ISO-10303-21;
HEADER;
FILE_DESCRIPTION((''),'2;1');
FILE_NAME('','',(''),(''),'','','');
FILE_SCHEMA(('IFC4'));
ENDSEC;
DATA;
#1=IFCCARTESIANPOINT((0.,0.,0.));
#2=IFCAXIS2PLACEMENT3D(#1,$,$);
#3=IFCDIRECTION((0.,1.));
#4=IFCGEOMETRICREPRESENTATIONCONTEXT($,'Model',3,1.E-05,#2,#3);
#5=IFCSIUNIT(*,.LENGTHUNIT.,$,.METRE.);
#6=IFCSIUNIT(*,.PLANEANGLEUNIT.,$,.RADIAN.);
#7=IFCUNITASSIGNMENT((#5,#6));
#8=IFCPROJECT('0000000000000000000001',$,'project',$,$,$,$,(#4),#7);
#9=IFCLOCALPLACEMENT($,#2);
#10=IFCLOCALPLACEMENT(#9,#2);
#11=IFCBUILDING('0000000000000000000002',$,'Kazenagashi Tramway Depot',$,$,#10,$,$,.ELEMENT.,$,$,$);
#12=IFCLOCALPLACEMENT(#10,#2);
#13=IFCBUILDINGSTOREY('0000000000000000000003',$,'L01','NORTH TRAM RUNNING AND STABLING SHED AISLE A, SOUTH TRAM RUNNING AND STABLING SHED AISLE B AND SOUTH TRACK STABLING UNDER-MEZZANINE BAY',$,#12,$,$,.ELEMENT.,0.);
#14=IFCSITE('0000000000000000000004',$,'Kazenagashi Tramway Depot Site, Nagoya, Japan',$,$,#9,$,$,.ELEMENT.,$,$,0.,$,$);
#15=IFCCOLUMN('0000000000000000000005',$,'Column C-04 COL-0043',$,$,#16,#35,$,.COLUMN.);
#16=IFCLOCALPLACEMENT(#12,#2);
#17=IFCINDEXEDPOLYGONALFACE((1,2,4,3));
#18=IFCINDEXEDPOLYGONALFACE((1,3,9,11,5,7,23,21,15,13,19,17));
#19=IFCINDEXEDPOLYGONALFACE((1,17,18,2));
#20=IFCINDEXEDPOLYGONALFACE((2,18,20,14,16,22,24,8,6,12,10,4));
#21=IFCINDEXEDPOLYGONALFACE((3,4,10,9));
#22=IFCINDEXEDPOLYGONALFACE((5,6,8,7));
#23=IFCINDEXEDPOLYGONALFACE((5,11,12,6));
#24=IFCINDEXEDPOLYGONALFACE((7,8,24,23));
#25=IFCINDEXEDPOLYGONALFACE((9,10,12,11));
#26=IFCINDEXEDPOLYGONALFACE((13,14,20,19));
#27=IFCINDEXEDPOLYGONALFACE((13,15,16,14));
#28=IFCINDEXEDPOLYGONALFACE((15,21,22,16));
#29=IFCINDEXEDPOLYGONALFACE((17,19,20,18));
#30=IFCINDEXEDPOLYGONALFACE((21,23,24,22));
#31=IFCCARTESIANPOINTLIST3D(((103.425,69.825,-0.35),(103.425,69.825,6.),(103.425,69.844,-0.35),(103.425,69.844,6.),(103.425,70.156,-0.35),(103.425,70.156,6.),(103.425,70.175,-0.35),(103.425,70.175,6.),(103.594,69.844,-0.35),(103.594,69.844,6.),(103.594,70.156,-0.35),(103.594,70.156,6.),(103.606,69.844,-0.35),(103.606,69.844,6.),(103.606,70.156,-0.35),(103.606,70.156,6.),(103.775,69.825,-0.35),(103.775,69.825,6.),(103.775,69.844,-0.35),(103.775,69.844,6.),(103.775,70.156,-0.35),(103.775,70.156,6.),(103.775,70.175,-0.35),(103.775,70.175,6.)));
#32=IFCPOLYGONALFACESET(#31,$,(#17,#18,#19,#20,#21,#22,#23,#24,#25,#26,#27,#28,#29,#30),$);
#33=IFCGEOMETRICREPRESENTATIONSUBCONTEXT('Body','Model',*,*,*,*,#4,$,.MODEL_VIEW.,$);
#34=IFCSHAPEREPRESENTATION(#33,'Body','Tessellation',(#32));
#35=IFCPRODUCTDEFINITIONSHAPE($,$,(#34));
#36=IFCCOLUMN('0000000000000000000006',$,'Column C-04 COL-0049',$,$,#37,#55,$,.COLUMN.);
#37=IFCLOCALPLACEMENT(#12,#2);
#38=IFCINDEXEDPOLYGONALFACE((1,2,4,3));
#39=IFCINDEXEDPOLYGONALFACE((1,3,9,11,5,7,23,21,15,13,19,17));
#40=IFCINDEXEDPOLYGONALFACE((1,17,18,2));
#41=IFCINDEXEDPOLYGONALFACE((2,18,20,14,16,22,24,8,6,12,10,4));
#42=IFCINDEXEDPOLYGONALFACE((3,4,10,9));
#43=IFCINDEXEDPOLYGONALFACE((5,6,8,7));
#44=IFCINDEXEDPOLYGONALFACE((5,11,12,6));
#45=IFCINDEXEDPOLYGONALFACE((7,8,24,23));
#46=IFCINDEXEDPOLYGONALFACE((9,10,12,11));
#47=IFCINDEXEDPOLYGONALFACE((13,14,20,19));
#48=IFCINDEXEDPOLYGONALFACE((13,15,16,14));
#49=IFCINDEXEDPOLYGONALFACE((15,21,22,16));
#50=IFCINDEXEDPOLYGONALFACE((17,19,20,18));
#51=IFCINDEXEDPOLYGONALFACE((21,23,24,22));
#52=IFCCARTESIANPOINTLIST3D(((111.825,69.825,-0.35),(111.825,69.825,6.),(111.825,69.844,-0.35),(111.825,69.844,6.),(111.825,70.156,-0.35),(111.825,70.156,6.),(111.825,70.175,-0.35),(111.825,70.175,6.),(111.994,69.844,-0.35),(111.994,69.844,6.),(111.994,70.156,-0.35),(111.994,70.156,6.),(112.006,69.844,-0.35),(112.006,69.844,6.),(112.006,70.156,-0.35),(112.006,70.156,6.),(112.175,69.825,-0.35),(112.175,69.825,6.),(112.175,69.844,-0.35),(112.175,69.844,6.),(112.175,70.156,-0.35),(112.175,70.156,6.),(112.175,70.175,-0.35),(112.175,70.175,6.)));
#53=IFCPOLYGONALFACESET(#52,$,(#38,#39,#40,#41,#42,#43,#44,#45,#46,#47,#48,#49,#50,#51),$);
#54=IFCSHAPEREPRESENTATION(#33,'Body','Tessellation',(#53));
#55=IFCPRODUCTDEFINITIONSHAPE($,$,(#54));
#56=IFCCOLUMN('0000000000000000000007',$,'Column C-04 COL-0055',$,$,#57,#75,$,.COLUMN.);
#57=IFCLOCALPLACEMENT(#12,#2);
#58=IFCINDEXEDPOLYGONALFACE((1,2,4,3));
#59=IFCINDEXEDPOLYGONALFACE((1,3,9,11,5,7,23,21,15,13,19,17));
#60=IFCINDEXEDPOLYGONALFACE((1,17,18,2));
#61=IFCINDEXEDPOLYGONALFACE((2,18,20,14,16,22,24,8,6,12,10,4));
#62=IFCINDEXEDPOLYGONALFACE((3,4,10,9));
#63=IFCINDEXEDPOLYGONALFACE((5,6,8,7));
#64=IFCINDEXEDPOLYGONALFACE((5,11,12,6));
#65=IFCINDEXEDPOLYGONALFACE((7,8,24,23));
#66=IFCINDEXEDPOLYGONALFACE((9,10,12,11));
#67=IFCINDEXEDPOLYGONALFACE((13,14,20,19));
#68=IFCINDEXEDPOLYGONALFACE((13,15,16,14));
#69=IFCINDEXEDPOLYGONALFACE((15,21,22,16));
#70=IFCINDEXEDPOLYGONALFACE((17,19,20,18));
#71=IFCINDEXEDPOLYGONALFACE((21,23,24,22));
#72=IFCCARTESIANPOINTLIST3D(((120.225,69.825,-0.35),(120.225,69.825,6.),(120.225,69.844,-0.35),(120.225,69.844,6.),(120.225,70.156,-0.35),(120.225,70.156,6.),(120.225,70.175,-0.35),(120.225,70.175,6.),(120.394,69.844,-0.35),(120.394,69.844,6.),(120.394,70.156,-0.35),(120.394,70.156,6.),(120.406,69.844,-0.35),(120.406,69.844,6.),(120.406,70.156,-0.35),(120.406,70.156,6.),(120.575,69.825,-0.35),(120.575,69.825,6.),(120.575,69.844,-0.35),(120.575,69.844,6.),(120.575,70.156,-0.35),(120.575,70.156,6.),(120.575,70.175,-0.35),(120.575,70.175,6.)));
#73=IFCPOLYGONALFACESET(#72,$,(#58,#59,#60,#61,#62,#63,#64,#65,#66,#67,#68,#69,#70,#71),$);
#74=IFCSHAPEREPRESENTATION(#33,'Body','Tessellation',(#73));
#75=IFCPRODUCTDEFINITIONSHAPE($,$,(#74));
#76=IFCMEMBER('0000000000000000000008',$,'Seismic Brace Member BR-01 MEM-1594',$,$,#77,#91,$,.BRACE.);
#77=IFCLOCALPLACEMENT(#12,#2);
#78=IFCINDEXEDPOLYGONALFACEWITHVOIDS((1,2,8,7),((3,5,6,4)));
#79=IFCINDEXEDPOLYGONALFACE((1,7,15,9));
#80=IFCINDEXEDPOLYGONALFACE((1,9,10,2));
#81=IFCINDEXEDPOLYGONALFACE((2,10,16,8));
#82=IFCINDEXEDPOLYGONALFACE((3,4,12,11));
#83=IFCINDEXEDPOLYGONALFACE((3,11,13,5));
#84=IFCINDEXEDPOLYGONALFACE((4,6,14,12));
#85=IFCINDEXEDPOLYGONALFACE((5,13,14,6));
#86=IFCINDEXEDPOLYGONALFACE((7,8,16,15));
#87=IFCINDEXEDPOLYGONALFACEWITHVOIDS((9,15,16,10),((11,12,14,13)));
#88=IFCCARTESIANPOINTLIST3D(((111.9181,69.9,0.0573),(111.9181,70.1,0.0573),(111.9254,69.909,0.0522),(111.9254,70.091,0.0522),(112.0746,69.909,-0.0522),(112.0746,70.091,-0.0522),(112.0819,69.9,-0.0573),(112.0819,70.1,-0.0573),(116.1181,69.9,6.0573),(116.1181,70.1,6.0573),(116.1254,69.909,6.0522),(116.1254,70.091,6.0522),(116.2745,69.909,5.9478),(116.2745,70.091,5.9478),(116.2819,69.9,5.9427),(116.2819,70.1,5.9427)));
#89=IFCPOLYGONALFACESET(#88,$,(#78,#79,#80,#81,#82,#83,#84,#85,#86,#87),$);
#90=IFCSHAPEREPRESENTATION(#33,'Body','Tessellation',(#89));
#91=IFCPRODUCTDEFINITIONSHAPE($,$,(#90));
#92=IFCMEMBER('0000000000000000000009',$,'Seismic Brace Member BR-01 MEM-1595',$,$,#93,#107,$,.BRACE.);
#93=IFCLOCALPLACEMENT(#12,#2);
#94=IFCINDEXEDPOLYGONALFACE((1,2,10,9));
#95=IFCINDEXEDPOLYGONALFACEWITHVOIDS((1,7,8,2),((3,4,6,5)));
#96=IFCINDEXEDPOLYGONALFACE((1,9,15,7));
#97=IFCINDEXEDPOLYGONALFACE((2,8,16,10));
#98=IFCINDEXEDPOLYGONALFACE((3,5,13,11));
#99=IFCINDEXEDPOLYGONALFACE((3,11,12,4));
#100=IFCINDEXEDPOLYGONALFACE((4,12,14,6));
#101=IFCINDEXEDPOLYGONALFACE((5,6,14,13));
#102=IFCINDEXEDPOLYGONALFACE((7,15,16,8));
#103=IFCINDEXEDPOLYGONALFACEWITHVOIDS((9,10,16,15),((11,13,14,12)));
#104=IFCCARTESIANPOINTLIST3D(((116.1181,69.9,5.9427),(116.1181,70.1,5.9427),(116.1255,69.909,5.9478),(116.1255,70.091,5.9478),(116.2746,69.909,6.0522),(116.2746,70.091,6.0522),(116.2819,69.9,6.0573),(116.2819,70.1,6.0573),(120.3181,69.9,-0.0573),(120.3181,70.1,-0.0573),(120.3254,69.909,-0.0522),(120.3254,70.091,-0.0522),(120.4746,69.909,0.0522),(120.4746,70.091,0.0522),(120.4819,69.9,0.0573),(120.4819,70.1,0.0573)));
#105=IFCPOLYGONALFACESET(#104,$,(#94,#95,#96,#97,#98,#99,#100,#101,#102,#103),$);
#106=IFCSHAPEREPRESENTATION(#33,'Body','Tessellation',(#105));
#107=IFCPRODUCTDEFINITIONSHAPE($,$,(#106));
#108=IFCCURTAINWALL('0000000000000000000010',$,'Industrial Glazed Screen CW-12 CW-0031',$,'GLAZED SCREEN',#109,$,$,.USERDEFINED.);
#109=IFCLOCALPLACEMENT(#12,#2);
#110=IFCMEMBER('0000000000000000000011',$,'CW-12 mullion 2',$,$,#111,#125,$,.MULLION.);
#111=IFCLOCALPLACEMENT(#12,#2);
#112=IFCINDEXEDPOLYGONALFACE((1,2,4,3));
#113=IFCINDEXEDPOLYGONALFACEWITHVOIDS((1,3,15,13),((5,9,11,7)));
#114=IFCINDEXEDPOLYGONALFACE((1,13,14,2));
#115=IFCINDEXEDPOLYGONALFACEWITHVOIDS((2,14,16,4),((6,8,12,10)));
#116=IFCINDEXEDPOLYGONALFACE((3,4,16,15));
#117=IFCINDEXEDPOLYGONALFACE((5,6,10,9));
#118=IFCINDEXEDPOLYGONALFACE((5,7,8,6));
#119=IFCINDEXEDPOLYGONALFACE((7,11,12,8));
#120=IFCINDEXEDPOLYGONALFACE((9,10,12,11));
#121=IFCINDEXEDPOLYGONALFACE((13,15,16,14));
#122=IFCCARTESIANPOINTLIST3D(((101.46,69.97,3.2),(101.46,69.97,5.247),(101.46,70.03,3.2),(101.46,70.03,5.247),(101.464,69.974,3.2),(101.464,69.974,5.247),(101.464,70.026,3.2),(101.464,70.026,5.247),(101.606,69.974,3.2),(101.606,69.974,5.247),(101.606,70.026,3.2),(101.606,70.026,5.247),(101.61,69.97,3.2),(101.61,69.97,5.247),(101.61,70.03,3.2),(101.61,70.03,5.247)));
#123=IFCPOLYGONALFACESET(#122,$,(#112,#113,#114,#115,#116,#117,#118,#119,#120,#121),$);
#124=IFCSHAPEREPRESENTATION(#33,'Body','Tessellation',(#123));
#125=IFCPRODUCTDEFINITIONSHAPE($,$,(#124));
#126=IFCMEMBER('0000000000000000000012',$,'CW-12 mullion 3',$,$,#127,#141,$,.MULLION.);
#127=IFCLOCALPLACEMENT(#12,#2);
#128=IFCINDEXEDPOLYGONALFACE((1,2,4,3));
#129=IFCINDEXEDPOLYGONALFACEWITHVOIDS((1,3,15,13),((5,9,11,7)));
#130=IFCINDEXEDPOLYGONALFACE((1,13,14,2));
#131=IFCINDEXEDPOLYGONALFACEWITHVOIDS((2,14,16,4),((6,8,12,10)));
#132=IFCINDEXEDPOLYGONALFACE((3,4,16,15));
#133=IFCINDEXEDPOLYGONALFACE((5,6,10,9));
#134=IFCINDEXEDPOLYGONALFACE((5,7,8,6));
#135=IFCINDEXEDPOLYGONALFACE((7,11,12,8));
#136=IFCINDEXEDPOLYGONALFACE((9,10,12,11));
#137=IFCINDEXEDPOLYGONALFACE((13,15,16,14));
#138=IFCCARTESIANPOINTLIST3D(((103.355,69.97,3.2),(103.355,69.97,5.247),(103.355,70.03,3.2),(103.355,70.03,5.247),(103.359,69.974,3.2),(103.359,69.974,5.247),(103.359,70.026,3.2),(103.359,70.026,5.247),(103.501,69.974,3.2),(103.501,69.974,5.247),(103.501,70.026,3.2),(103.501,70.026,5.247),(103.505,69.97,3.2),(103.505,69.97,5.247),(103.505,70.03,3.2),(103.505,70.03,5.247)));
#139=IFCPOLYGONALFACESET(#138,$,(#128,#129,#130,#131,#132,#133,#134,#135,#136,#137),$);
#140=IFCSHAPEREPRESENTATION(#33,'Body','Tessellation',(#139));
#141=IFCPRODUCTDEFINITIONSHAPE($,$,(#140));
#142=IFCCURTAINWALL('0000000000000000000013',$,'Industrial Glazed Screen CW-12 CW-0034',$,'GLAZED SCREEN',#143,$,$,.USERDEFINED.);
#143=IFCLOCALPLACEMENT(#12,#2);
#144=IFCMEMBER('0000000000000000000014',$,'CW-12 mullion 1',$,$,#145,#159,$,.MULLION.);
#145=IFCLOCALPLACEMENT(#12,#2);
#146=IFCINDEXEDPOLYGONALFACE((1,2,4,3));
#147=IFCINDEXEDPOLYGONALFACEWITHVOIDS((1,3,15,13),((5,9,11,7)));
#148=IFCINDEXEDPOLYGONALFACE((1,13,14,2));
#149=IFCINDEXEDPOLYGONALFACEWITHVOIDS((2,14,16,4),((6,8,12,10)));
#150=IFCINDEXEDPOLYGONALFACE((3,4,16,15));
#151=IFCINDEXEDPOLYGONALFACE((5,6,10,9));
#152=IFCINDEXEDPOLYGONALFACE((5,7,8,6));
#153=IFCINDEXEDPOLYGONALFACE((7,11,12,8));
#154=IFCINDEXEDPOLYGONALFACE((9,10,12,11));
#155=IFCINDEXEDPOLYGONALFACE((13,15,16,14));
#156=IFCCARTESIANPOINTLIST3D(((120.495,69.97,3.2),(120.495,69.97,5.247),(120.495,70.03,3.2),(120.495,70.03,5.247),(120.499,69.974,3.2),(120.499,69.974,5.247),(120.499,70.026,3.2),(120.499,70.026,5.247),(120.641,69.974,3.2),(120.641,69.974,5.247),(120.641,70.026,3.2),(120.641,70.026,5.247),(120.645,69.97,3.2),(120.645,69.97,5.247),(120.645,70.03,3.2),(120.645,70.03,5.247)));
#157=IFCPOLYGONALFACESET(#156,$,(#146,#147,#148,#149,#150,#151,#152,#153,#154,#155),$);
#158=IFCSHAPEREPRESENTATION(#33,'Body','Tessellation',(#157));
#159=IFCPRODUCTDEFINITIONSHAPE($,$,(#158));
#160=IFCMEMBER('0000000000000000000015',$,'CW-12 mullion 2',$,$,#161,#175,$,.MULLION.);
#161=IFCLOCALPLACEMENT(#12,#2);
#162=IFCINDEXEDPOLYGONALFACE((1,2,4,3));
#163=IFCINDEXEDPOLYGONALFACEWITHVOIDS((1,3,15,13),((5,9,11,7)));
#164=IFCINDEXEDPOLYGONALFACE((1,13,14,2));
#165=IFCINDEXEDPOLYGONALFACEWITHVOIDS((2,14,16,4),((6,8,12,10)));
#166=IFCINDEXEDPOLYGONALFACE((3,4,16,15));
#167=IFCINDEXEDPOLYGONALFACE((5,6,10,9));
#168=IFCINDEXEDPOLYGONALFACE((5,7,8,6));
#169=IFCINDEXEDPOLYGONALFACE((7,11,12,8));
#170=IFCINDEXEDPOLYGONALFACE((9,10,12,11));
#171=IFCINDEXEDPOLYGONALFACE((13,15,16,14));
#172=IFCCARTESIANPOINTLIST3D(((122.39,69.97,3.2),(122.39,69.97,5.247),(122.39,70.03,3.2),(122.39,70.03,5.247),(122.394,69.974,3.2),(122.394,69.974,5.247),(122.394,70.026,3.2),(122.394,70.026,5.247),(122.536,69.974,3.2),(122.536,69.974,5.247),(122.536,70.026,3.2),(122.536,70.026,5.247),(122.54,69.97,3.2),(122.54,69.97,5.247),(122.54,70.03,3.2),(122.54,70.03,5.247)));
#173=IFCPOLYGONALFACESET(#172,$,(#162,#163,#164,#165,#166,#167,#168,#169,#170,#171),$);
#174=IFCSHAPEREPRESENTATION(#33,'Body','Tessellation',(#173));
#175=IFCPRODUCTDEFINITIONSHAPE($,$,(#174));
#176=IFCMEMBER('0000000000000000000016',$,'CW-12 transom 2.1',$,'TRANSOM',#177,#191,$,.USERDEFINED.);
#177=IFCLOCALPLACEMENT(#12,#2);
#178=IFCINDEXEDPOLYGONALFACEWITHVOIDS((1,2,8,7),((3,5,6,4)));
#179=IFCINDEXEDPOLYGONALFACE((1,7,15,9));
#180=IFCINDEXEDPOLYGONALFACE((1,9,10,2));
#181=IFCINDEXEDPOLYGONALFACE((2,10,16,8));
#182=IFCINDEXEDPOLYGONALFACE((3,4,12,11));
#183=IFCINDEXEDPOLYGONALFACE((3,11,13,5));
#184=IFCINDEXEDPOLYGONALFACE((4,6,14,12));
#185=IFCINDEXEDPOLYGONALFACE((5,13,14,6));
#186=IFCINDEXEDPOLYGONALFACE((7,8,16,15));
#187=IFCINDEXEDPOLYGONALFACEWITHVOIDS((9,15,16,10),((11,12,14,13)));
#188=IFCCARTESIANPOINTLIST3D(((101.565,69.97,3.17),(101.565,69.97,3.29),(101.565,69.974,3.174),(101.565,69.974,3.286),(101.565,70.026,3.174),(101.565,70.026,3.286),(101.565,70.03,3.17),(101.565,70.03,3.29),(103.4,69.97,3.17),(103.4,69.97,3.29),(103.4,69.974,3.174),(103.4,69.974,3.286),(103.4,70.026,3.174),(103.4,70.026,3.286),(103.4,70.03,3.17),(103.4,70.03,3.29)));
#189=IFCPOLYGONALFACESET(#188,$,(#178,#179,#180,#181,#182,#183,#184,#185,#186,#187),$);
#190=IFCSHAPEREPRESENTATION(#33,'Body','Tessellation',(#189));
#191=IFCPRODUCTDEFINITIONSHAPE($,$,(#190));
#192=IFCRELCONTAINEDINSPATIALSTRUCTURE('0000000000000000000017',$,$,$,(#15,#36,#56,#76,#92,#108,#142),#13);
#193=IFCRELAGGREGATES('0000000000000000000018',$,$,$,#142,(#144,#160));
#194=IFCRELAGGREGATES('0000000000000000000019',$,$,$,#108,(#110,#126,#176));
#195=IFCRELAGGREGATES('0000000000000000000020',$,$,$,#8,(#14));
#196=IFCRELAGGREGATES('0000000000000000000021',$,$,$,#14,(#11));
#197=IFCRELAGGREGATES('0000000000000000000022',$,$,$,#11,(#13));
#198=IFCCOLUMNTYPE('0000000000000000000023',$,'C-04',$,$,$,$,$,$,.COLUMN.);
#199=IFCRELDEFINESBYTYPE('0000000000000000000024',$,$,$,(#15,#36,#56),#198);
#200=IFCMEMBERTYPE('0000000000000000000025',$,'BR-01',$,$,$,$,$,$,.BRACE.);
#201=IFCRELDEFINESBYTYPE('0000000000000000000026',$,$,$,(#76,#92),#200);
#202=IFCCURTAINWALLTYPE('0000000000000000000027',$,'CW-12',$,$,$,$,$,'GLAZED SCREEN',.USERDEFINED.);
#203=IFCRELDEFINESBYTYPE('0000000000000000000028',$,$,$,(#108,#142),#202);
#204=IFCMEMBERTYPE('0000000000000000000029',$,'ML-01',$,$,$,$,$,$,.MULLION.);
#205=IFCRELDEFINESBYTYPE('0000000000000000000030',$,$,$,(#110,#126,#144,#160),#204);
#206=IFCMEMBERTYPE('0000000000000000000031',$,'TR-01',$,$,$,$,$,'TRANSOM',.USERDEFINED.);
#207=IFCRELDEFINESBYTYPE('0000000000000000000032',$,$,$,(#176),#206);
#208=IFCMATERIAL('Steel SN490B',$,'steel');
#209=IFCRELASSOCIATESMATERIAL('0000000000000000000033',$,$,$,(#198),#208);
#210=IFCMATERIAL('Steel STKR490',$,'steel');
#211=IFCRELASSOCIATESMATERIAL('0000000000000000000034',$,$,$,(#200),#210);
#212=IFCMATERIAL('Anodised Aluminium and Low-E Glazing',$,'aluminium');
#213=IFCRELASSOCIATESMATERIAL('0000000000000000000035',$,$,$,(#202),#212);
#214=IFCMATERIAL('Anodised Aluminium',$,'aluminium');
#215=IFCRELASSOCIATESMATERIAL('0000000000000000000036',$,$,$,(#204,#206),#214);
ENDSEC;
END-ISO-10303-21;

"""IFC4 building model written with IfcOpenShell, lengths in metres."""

from ifc_helpers import new_model, si_unit, direction, frame, origin, origin_2d, place, context, subcontext, project, spatial, hollow_rectangle, i_section, extrude, material, material_profile, profile_set, type_object, element, aggregate, save


model = new_model("IFC4")

# Units and contexts
model_context = context("Model", 3, precision=1e-05, world=origin(), true_north=direction((0.0, 1.0)))
body_context = subcontext(model_context, "Body", "Model", "MODEL_VIEW")
ifc_project = project(units=[si_unit("LENGTHUNIT", "METRE"), si_unit("PLANEANGLEUNIT", "RADIAN")], contexts=[model_context])

# Site, building, storey
site_placement = place(None, origin())
site = spatial("IfcSite", under=ifc_project, at=site_placement, Name="Kazenagashi Tramway Depot Site, Nagoya, Japan", CompositionType="ELEMENT", RefElevation=0.0)
building_placement = place(site_placement, origin())
building = spatial("IfcBuilding", under=site, at=building_placement, Name="Kazenagashi Tramway Depot", CompositionType="ELEMENT")
storey_placement = place(building_placement, origin())
storey = spatial("IfcBuildingStorey", under=building, at=storey_placement, Name="L01", Description="NORTH TRAM RUNNING AND STABLING SHED AISLE A, SOUTH TRAM RUNNING AND STABLING SHED AISLE B AND SOUTH TRACK STABLING UNDER-MEZZANINE BAY", CompositionType="ELEMENT", Elevation=0.0)

# Columns
ifc_material_1 = material(Name="Steel SN490B", Category="steel")
ifc_material_profile_1 = material_profile(ifc_material_1, i_section(OverallWidth=0.35, OverallDepth=0.35, WebThickness=0.012, FlangeThickness=0.019, at=origin_2d()), Name="H-350x350x12x19")
ifc_profile_set_1 = profile_set([ifc_material_profile_1], Name="Steel SN490B")
column_type = type_object("IfcColumnType", Name="C-04", PredefinedType="COLUMN", material=ifc_profile_set_1)
for number, where, z_axis, x_axis, name in (
    (1, (103.6, 70.0, -0.35), (0.0, 0.0, 1.0), (1.0, 0.0, 0.0), "Column C-04 COL-0043"),
    (2, (112.0, 70.0, -0.35), (0.0, 0.0, 1.0), (1.0, 0.0, 0.0), "Column C-04 COL-0049"),
    (3, (120.4, 70.0, -0.35), (0.0, 0.0, 1.0), (1.0, 0.0, 0.0), "Column C-04 COL-0055"),
):
    element("IfcColumn", number, at=place(storey_placement, frame(where, z_axis=z_axis, x_axis=x_axis)), inside=storey, type_object=column_type, Name=name, PredefinedType="COLUMN", context=body_context, shape_type="SweptSolid", body=[
        extrude(i_section(OverallWidth=0.35, OverallDepth=0.35, WebThickness=0.012, FlangeThickness=0.019, at=origin_2d()), origin(), (0.0, 0.0, 1.0), 6.35),
    ])

# Members
ifc_material_2 = material(Name="Steel STKR490", Category="steel")
ifc_material_profile_2 = material_profile(ifc_material_2, hollow_rectangle(XDim=0.2, YDim=0.2, WallThickness=0.009, at=origin_2d()), Name="SHS-200x200x9")
ifc_profile_set_2 = profile_set([ifc_material_profile_2], Name="Steel STKR490")
member_type_1 = type_object("IfcMemberType", Name="BR-01", PredefinedType="BRACE", material=ifc_profile_set_2)
for number, where, z_axis, x_axis, name in (
    (4, (112.0, 70.0, 0.0), (0.573462, 0.0, 0.819232), (0.0, 1.0, 0.0), "Seismic Brace Member BR-01 MEM-1594"),
    (5, (120.4, 70.0, 0.0), (-0.573462, 0.0, 0.819232), (0.0, -1.0, 0.0), "Seismic Brace Member BR-01 MEM-1595"),
):
    element("IfcMember", number, at=place(storey_placement, frame(where, z_axis=z_axis, x_axis=x_axis)), inside=storey, type_object=member_type_1, Name=name, PredefinedType="BRACE", context=body_context, shape_type="SweptSolid", body=[
        extrude(hollow_rectangle(XDim=0.2, YDim=0.2, WallThickness=0.009, at=origin_2d()), origin(), (0.0, 0.0, 1.0), 7.3239),
    ])

# Curtain walls, members
ifc_material_3 = material(Name="Anodised Aluminium and Low-E Glazing", Category="aluminium")
curtain_wall_type = type_object("IfcCurtainWallType", Name="CW-12", ElementType="GLAZED SCREEN", PredefinedType="USERDEFINED", material=ifc_material_3)
curtain_wall_1_placement = place(storey_placement, origin())
curtain_wall_1 = element("IfcCurtainWall", 6, at=curtain_wall_1_placement, inside=storey, type_object=curtain_wall_type, Name="Industrial Glazed Screen CW-12 CW-0031", ObjectType="GLAZED SCREEN", PredefinedType="USERDEFINED")
ifc_material_4 = material(Name="Anodised Aluminium", Category="aluminium")
ifc_material_profile_3 = material_profile(ifc_material_4, hollow_rectangle(XDim=0.06, YDim=0.15, WallThickness=0.004, at=origin_2d()), Name="RHS-150x60x4")
ifc_profile_set_3 = profile_set([ifc_material_profile_3], Name="Anodised Aluminium")
member_type_2 = type_object("IfcMemberType", Name="ML-01", PredefinedType="MULLION", material=ifc_profile_set_3)
member_1_placement = place(storey_placement, frame((101.535, 70.0, 3.2), z_axis=(0.0, 0.0, 1.0), x_axis=(0.0, 1.0, 0.0)))
member_1 = element("IfcMember", 7, at=member_1_placement, type_object=member_type_2, Name="CW-12 mullion 2", PredefinedType="MULLION", context=body_context, shape_type="SweptSolid", body=[
    extrude(hollow_rectangle(XDim=0.06, YDim=0.15, WallThickness=0.004, at=origin_2d()), origin(), (0.0, 0.0, 1.0), 2.047),
])
member_2_placement = place(storey_placement, frame((103.43, 70.0, 3.2), z_axis=(0.0, 0.0, 1.0), x_axis=(0.0, 1.0, 0.0)))
member_2 = element("IfcMember", 8, at=member_2_placement, type_object=member_type_2, Name="CW-12 mullion 3", PredefinedType="MULLION", context=body_context, shape_type="SweptSolid", body=[
    extrude(hollow_rectangle(XDim=0.06, YDim=0.15, WallThickness=0.004, at=origin_2d()), origin(), (0.0, 0.0, 1.0), 2.047),
])
curtain_wall_2_placement = place(storey_placement, origin())
curtain_wall_2 = element("IfcCurtainWall", 9, at=curtain_wall_2_placement, inside=storey, type_object=curtain_wall_type, Name="Industrial Glazed Screen CW-12 CW-0034", ObjectType="GLAZED SCREEN", PredefinedType="USERDEFINED")
member_3_placement = place(storey_placement, frame((120.57, 70.0, 3.2), z_axis=(0.0, 0.0, 1.0), x_axis=(0.0, 1.0, 0.0)))
member_3 = element("IfcMember", 10, at=member_3_placement, type_object=member_type_2, Name="CW-12 mullion 1", PredefinedType="MULLION", context=body_context, shape_type="SweptSolid", body=[
    extrude(hollow_rectangle(XDim=0.06, YDim=0.15, WallThickness=0.004, at=origin_2d()), origin(), (0.0, 0.0, 1.0), 2.047),
])
member_4_placement = place(storey_placement, frame((122.465, 70.0, 3.2), z_axis=(0.0, 0.0, 1.0), x_axis=(0.0, 1.0, 0.0)))
member_4 = element("IfcMember", 11, at=member_4_placement, type_object=member_type_2, Name="CW-12 mullion 2", PredefinedType="MULLION", context=body_context, shape_type="SweptSolid", body=[
    extrude(hollow_rectangle(XDim=0.06, YDim=0.15, WallThickness=0.004, at=origin_2d()), origin(), (0.0, 0.0, 1.0), 2.047),
])

# Member
ifc_material_profile_4 = material_profile(ifc_material_4, hollow_rectangle(XDim=0.06, YDim=0.12, WallThickness=0.004, at=origin_2d()), Name="RHS-120x60x4")
ifc_profile_set_4 = profile_set([ifc_material_profile_4], Name="Anodised Aluminium")
member_type_3 = type_object("IfcMemberType", Name="TR-01", ElementType="TRANSOM", PredefinedType="USERDEFINED", material=ifc_profile_set_4)
member_5_placement = place(storey_placement, frame((101.565, 70.0, 3.23), z_axis=(1.0, 0.0, 0.0), x_axis=(0.0, 1.0, 0.0)))
member_5 = element("IfcMember", 12, at=member_5_placement, type_object=member_type_3, Name="CW-12 transom 2.1", ObjectType="TRANSOM", PredefinedType="USERDEFINED", context=body_context, shape_type="SweptSolid", body=[
    extrude(hollow_rectangle(XDim=0.06, YDim=0.12, WallThickness=0.004, at=origin_2d()), origin(), (0.0, 0.0, 1.0), 1.835),
])

aggregate(curtain_wall_2, [member_3, member_4])
aggregate(curtain_wall_1, [member_1, member_2, member_5])

save(model, "model.ifc")
